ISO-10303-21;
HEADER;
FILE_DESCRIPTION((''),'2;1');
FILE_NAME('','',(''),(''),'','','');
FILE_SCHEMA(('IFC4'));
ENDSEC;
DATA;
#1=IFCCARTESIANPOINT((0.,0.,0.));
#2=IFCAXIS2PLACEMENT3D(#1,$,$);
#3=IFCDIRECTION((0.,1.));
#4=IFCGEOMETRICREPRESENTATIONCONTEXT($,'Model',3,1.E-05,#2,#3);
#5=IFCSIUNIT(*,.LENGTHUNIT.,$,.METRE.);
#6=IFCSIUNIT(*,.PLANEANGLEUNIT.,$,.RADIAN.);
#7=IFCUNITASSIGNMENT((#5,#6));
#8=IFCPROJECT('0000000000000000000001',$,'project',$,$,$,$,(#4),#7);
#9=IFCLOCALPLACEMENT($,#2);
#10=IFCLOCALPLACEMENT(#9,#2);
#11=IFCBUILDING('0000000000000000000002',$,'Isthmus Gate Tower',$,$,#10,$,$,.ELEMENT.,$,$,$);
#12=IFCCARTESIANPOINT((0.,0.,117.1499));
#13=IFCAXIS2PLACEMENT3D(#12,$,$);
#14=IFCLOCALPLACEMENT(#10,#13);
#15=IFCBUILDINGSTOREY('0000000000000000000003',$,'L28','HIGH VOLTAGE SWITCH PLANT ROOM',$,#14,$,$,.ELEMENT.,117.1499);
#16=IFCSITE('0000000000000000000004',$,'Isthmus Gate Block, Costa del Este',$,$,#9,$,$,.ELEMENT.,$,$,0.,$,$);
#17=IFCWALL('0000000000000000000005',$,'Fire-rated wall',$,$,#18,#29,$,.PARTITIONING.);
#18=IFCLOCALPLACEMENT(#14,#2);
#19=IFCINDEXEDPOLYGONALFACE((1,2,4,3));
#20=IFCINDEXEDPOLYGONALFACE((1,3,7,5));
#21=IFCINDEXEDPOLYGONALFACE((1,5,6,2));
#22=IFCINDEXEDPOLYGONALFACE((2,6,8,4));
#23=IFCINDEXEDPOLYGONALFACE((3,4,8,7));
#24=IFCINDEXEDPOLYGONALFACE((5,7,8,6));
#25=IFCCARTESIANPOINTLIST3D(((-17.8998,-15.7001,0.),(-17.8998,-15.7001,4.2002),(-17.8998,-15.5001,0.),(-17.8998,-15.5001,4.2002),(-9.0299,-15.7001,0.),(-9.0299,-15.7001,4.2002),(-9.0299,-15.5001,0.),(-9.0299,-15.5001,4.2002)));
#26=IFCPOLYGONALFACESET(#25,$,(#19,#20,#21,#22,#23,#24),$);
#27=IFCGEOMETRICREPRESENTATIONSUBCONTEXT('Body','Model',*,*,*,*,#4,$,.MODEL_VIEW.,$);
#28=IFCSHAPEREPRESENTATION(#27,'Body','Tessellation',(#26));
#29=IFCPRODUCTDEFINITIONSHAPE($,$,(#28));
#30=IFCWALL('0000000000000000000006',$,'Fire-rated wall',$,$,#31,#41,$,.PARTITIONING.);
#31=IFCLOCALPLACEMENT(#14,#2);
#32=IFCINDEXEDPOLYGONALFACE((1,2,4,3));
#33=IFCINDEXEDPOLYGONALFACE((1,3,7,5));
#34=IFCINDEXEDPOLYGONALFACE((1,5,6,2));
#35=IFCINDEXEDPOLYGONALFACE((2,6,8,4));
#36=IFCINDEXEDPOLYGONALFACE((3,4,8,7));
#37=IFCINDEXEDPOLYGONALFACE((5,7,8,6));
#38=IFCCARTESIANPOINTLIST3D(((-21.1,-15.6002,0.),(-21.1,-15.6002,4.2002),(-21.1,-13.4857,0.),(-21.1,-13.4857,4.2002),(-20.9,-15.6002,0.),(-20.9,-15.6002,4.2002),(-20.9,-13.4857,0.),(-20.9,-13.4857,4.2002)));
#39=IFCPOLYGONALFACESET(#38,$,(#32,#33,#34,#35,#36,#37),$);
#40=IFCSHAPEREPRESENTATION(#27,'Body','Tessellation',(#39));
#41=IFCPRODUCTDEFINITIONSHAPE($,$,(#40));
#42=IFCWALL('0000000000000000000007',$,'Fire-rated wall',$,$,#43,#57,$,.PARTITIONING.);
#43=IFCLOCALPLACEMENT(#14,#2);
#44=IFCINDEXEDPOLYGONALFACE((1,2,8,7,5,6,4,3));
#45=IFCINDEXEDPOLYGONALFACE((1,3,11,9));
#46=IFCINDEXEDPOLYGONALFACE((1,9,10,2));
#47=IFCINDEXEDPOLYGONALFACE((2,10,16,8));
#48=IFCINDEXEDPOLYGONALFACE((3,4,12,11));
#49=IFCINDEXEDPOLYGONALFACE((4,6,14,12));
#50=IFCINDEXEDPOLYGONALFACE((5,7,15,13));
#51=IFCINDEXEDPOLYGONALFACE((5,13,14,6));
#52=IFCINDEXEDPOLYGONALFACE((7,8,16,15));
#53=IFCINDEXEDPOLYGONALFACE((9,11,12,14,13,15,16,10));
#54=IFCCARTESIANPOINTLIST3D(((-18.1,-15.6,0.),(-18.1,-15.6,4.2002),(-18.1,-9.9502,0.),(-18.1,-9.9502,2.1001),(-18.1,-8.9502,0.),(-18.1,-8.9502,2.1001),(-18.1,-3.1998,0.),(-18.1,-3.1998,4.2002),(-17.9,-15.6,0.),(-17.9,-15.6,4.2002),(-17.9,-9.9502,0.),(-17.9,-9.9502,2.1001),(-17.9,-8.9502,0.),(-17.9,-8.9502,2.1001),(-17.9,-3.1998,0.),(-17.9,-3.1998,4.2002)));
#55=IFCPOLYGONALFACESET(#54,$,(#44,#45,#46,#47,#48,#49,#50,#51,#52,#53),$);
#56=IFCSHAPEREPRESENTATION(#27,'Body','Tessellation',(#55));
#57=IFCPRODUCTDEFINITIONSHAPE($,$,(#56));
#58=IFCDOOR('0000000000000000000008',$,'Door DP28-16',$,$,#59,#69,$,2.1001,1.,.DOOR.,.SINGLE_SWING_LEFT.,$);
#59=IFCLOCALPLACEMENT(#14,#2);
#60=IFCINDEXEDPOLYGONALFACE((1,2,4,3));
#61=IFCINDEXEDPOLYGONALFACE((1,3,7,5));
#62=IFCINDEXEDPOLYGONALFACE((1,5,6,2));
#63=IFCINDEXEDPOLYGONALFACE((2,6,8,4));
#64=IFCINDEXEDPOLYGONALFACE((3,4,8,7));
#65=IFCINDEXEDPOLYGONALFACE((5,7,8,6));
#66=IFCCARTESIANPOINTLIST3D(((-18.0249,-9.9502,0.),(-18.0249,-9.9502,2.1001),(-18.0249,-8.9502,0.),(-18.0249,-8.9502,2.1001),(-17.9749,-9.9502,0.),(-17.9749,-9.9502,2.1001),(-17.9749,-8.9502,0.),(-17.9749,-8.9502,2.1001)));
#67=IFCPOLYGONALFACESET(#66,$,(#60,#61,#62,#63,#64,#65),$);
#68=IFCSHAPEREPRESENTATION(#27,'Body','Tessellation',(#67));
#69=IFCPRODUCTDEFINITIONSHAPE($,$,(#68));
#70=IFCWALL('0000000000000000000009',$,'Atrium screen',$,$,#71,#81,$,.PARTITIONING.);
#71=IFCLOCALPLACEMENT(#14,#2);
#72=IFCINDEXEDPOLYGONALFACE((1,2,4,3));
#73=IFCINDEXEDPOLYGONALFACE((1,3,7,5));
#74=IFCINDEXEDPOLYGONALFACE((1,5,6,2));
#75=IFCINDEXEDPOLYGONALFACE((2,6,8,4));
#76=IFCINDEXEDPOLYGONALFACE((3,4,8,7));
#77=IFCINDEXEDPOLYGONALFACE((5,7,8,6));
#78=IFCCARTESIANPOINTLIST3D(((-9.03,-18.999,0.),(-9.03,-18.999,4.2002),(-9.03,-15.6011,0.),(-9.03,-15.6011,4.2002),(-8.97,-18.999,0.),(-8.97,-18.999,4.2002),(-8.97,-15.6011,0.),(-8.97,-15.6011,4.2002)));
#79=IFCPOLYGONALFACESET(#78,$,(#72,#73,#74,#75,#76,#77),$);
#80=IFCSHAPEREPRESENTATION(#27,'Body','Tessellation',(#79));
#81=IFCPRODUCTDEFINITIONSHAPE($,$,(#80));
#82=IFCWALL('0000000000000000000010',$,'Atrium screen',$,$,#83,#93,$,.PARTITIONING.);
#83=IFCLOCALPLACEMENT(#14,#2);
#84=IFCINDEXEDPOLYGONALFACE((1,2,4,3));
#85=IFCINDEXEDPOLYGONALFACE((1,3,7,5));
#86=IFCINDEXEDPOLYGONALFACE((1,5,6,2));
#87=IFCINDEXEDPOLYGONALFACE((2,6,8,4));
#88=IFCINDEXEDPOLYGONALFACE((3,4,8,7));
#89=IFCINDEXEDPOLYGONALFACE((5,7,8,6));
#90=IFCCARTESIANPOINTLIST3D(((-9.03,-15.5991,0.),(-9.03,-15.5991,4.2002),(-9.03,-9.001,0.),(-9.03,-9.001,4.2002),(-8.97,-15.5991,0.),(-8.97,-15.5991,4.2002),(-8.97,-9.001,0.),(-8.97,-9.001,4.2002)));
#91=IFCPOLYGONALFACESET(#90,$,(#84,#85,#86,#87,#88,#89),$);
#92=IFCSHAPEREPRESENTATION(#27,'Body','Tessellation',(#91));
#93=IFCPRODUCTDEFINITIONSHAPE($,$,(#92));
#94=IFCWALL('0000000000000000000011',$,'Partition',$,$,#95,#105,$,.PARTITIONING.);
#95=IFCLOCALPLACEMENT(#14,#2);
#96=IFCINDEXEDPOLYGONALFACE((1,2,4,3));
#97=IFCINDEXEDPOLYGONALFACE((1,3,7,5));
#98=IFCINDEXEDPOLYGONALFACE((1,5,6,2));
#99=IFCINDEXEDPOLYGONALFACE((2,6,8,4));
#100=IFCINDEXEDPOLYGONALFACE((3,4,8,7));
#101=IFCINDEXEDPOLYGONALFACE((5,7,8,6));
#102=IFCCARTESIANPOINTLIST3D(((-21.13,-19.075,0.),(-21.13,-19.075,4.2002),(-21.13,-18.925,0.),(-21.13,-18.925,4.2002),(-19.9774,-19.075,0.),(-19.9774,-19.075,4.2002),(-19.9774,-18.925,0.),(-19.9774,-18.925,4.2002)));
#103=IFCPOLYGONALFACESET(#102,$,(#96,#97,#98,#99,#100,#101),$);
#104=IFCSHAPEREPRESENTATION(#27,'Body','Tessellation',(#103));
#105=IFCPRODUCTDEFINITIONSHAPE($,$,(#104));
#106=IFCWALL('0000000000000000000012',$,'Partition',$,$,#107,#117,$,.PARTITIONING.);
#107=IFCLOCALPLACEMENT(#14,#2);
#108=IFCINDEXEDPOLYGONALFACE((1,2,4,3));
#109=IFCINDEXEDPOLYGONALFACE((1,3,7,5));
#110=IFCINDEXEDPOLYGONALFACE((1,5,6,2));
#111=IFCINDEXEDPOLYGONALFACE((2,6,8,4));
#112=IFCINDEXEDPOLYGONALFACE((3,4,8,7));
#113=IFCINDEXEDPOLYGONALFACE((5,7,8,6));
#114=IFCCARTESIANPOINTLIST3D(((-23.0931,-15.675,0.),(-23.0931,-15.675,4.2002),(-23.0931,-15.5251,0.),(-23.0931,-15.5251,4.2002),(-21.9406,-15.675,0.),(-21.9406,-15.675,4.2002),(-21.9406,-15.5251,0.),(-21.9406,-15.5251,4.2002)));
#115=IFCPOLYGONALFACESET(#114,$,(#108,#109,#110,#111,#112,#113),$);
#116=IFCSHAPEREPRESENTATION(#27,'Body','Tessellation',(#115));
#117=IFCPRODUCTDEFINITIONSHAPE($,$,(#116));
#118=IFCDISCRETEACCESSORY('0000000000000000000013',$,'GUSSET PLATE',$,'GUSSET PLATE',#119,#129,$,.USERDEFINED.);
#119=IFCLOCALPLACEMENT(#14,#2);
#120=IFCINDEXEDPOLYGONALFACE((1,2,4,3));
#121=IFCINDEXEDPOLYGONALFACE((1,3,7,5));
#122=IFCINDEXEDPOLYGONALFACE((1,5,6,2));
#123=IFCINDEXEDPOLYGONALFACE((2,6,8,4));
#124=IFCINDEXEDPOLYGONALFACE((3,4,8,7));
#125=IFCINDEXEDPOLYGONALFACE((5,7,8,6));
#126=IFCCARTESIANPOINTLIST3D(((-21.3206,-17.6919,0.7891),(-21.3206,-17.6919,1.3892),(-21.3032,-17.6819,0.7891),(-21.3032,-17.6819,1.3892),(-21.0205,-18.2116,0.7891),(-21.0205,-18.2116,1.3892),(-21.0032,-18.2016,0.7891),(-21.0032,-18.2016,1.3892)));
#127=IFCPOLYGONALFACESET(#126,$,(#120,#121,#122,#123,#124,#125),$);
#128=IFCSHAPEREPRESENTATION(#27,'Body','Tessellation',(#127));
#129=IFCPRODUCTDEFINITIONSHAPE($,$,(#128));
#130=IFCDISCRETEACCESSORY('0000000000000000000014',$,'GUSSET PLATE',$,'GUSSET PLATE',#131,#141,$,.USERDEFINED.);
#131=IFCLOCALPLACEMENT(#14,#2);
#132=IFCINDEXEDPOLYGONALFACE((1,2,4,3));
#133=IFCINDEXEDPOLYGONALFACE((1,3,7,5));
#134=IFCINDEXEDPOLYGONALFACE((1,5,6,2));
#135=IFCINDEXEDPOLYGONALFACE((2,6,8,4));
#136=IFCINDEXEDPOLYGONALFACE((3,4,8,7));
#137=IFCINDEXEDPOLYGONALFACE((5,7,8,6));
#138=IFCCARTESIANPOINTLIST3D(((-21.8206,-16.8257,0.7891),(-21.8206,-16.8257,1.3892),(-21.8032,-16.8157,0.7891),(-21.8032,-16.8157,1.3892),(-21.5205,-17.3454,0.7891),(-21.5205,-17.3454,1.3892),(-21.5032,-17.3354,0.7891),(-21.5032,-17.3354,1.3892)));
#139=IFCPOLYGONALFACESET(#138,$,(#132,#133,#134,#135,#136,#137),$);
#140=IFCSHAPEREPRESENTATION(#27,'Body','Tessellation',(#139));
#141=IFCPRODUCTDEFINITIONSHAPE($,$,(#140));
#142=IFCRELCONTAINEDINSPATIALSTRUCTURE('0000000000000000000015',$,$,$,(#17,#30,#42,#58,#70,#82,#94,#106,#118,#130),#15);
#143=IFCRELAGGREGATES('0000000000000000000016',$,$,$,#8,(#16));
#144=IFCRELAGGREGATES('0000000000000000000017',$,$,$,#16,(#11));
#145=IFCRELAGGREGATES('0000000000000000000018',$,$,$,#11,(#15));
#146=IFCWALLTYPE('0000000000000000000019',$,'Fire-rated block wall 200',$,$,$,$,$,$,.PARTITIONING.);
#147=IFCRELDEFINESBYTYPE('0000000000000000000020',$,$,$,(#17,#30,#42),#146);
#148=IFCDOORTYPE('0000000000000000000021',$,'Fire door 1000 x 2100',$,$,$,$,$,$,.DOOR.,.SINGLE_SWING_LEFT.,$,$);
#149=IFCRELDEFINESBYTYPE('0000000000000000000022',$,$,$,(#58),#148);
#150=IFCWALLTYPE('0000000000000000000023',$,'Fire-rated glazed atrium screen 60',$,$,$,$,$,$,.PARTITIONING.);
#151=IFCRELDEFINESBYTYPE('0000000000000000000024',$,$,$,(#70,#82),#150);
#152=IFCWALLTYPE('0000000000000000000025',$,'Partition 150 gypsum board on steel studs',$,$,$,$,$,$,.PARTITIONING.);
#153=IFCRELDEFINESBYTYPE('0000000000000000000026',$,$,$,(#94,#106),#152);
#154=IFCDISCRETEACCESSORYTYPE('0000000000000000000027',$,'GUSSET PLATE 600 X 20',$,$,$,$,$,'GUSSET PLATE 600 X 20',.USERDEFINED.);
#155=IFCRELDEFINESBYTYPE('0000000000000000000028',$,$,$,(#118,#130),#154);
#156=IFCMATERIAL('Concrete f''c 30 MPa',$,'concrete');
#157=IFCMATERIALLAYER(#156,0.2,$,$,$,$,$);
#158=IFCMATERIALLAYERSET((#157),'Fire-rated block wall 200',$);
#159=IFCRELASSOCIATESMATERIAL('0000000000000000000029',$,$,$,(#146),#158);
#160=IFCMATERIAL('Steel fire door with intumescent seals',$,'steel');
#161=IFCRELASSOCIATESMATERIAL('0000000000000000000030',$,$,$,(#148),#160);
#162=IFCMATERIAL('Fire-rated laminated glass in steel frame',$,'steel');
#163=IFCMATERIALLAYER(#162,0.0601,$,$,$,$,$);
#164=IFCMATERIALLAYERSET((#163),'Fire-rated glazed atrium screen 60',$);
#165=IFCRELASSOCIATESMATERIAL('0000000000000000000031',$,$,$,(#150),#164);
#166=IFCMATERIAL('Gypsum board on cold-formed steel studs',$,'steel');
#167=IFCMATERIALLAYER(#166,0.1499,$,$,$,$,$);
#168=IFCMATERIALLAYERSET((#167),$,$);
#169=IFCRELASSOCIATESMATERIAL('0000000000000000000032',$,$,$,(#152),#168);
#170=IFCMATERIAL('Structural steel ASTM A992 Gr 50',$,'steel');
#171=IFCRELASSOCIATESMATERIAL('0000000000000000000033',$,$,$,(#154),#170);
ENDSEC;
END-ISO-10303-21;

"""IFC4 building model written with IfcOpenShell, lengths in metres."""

from ifc_helpers import new_model, si_unit, direction, frame, frame_2d, origin, origin_2d, place, context, subcontext, project, spatial, rectangle, extrude, material, layer, layer_set, type_object, element, fill, save


model = new_model("IFC4")

# Units and contexts
model_context = context("Model", 3, precision=1e-05, world=origin(), true_north=direction((0.0, 1.0)))
body_context = subcontext(model_context, "Body", "Model", "MODEL_VIEW")
ifc_project = project(units=[si_unit("LENGTHUNIT", "METRE"), si_unit("PLANEANGLEUNIT", "RADIAN")], contexts=[model_context])

# Site, building, storey
site_placement = place(None, origin())
site = spatial("IfcSite", under=ifc_project, at=site_placement, Name="Isthmus Gate Block, Costa del Este", CompositionType="ELEMENT", RefElevation=0.0)
building_placement = place(site_placement, origin())
building = spatial("IfcBuilding", under=site, at=building_placement, Name="Isthmus Gate Tower", CompositionType="ELEMENT")
storey_placement = place(building_placement, frame((0.0, 0.0, 117.1499)))
storey = spatial("IfcBuildingStorey", under=building, at=storey_placement, Name="L28", Description="HIGH VOLTAGE SWITCH PLANT ROOM", CompositionType="ELEMENT", Elevation=117.1499)

# Shared definitions
ifc_material_1 = material(Name="Concrete f'c 30 MPa", Category="concrete")
ifc_layer_1 = layer(ifc_material_1, 0.2)
ifc_layer_set_1 = layer_set([ifc_layer_1], Name="Fire-rated block wall 200")
wall_type_1 = type_object("IfcWallType", Name="Fire-rated block wall 200", PredefinedType="PARTITIONING", material=ifc_layer_set_1)
ifc_material_2 = material(Name="Steel fire door with intumescent seals", Category="steel")
door_type = type_object("IfcDoorType", Name="Fire door 1000 x 2100", OperationType="SINGLE_SWING_LEFT", PredefinedType="DOOR", material=ifc_material_2)

# Walls
wall_1_placement = place(storey_placement, frame((-17.8999, -15.6001, 0.0), z_axis=(0.0, 0.0, 1.0), x_axis=(1.0, 0.0, 0.0)))
element("IfcWall", 1, at=wall_1_placement, inside=storey, type_object=wall_type_1, Name="Fire-rated wall", PredefinedType="PARTITIONING", context=body_context, shape_type="SweptSolid", body=[
    extrude(rectangle(XDim=8.8699, YDim=0.2, at=frame_2d((4.4351, 0.0))), origin(), (0.0, 0.0, 1.0), 4.2002),
])
wall_2_placement = place(storey_placement, frame((-21.0, -15.6001, 0.0), z_axis=(0.0, 0.0, 1.0), x_axis=(0.0, 1.0, 0.0)))
element("IfcWall", 2, at=wall_2_placement, inside=storey, type_object=wall_type_1, Name="Fire-rated wall", PredefinedType="PARTITIONING", context=body_context, shape_type="SweptSolid", body=[
    extrude(rectangle(XDim=2.1145, YDim=0.2, at=frame_2d((1.0571, 0.0))), origin(), (0.0, 0.0, 1.0), 4.2002),
])

# Wall, opening, door
wall_3_placement = place(storey_placement, frame((-18.0, -15.6001, 0.0), z_axis=(0.0, 0.0, 1.0), x_axis=(0.0, 1.0, 0.0)))
wall_3 = element("IfcWall", 3, at=wall_3_placement, inside=storey, type_object=wall_type_1, Name="Fire-rated wall", PredefinedType="PARTITIONING", context=body_context, shape_type="SweptSolid", body=[
    extrude(rectangle(XDim=12.4001, YDim=0.2, at=frame_2d((6.2002, 0.0))), origin(), (0.0, 0.0, 1.0), 4.2002),
])
opening_1_placement = place(wall_3_placement, frame((5.6499, 0.0, 0.0)))
opening_1 = element("IfcOpeningElement", 4, at=opening_1_placement, cuts=wall_3, PredefinedType="OPENING", context=body_context, shape_type="SweptSolid", body=[
    extrude(rectangle(XDim=1.0, YDim=2.1001, at=frame_2d((0.5, 1.05))), frame((0.0, 0.1099, 0.0), z_axis=(0.0, -1.0, 0.0), x_axis=(1.0, 0.0, 0.0)), (0.0, 0.0, 1.0), 0.22),
])
door_1_placement = place(opening_1_placement, origin())
door_1 = element("IfcDoor", 5, at=door_1_placement, inside=storey, type_object=door_type, Name="Door DP28-16", OperationType="SINGLE_SWING_LEFT", OverallHeight=2.1001, OverallWidth=1.0, PredefinedType="DOOR", context=body_context, shape_type="SweptSolid", body=[
    extrude(rectangle(XDim=1.0, YDim=2.1001, at=frame_2d((0.5, 1.05))), frame((0.0, 0.0249, 0.0), z_axis=(0.0, -1.0, 0.0), x_axis=(1.0, 0.0, 0.0)), (0.0, 0.0, 1.0), 0.05),
])
fill(opening_1, door_1)

# Walls
ifc_material_3 = material(Name="Fire-rated laminated glass in steel frame", Category="steel")
ifc_layer_2 = layer(ifc_material_3, 0.0601)
ifc_layer_set_2 = layer_set([ifc_layer_2], Name="Fire-rated glazed atrium screen 60")
wall_type_2 = type_object("IfcWallType", Name="Fire-rated glazed atrium screen 60", PredefinedType="PARTITIONING", material=ifc_layer_set_2)
wall_4_placement = place(storey_placement, frame((-9.0, -18.999, 0.0), z_axis=(0.0, 0.0, 1.0), x_axis=(0.0, 1.0, 0.0)))
element("IfcWall", 6, at=wall_4_placement, inside=storey, type_object=wall_type_2, Name="Atrium screen", PredefinedType="PARTITIONING", context=body_context, shape_type="SweptSolid", body=[
    extrude(rectangle(XDim=3.3979, YDim=0.0601, at=frame_2d((1.699, 0.0))), origin(), (0.0, 0.0, 1.0), 4.2002),
])
wall_5_placement = place(storey_placement, frame((-9.0, -15.5991, 0.0), z_axis=(0.0, 0.0, 1.0), x_axis=(0.0, 1.0, 0.0)))
element("IfcWall", 7, at=wall_5_placement, inside=storey, type_object=wall_type_2, Name="Atrium screen", PredefinedType="PARTITIONING", context=body_context, shape_type="SweptSolid", body=[
    extrude(rectangle(XDim=6.5981, YDim=0.0601, at=frame_2d((3.2991, 0.0))), origin(), (0.0, 0.0, 1.0), 4.2002),
])
ifc_material_4 = material(Name="Gypsum board on cold-formed steel studs", Category="steel")
ifc_layer_3 = layer(ifc_material_4, 0.1499)
ifc_layer_set_3 = layer_set([ifc_layer_3])
wall_type_3 = type_object("IfcWallType", Name="Partition 150 gypsum board on steel studs", PredefinedType="PARTITIONING", material=ifc_layer_set_3)
for number, where, z_axis, x_axis, name in (
    (8, (-21.1299, -19.0, 0.0), (0.0, 0.0, 1.0), (1.0, 0.0, 0.0), "Partition"),
    (9, (-23.093, -15.6001, 0.0), (0.0, 0.0, 1.0), (1.0, 0.0, 0.0), "Partition"),
):
    element("IfcWall", number, at=place(storey_placement, frame(where, z_axis=z_axis, x_axis=x_axis)), inside=storey, type_object=wall_type_3, Name=name, PredefinedType="PARTITIONING", context=body_context, shape_type="SweptSolid", body=[
        extrude(rectangle(XDim=1.1526, YDim=0.1499, at=frame_2d((0.5762, 0.0))), origin(), (0.0, 0.0, 1.0), 4.2002),
    ])

# Discrete accessories
ifc_material_5 = material(Name="Structural steel ASTM A992 Gr 50", Category="steel")
discrete_accessory_type = type_object("IfcDiscreteAccessoryType", Name="GUSSET PLATE 600 X 20", ElementType="GUSSET PLATE 600 X 20", PredefinedType="USERDEFINED", material=ifc_material_5)
for number, where, z_axis, x_axis, name in (
    (10, (-21.1619, -17.9468, 0.7891), (0.0, 0.0, 1.0), (0.5, -0.866025, 0.0), "GUSSET PLATE"),
    (11, (-21.6619, -17.0806, 0.7891), (0.0, 0.0, 1.0), (-0.5, 0.866025, 0.0), "GUSSET PLATE"),
):
    element("IfcDiscreteAccessory", number, at=place(storey_placement, frame(where, z_axis=z_axis, x_axis=x_axis)), inside=storey, type_object=discrete_accessory_type, Name=name, ObjectType="GUSSET PLATE", PredefinedType="USERDEFINED", context=body_context, shape_type="SweptSolid", body=[
        extrude(rectangle(XDim=0.6001, YDim=0.02, at=origin_2d()), origin(), (0.0, 0.0, 1.0), 0.6001),
    ])

save(model, "model.ifc")
